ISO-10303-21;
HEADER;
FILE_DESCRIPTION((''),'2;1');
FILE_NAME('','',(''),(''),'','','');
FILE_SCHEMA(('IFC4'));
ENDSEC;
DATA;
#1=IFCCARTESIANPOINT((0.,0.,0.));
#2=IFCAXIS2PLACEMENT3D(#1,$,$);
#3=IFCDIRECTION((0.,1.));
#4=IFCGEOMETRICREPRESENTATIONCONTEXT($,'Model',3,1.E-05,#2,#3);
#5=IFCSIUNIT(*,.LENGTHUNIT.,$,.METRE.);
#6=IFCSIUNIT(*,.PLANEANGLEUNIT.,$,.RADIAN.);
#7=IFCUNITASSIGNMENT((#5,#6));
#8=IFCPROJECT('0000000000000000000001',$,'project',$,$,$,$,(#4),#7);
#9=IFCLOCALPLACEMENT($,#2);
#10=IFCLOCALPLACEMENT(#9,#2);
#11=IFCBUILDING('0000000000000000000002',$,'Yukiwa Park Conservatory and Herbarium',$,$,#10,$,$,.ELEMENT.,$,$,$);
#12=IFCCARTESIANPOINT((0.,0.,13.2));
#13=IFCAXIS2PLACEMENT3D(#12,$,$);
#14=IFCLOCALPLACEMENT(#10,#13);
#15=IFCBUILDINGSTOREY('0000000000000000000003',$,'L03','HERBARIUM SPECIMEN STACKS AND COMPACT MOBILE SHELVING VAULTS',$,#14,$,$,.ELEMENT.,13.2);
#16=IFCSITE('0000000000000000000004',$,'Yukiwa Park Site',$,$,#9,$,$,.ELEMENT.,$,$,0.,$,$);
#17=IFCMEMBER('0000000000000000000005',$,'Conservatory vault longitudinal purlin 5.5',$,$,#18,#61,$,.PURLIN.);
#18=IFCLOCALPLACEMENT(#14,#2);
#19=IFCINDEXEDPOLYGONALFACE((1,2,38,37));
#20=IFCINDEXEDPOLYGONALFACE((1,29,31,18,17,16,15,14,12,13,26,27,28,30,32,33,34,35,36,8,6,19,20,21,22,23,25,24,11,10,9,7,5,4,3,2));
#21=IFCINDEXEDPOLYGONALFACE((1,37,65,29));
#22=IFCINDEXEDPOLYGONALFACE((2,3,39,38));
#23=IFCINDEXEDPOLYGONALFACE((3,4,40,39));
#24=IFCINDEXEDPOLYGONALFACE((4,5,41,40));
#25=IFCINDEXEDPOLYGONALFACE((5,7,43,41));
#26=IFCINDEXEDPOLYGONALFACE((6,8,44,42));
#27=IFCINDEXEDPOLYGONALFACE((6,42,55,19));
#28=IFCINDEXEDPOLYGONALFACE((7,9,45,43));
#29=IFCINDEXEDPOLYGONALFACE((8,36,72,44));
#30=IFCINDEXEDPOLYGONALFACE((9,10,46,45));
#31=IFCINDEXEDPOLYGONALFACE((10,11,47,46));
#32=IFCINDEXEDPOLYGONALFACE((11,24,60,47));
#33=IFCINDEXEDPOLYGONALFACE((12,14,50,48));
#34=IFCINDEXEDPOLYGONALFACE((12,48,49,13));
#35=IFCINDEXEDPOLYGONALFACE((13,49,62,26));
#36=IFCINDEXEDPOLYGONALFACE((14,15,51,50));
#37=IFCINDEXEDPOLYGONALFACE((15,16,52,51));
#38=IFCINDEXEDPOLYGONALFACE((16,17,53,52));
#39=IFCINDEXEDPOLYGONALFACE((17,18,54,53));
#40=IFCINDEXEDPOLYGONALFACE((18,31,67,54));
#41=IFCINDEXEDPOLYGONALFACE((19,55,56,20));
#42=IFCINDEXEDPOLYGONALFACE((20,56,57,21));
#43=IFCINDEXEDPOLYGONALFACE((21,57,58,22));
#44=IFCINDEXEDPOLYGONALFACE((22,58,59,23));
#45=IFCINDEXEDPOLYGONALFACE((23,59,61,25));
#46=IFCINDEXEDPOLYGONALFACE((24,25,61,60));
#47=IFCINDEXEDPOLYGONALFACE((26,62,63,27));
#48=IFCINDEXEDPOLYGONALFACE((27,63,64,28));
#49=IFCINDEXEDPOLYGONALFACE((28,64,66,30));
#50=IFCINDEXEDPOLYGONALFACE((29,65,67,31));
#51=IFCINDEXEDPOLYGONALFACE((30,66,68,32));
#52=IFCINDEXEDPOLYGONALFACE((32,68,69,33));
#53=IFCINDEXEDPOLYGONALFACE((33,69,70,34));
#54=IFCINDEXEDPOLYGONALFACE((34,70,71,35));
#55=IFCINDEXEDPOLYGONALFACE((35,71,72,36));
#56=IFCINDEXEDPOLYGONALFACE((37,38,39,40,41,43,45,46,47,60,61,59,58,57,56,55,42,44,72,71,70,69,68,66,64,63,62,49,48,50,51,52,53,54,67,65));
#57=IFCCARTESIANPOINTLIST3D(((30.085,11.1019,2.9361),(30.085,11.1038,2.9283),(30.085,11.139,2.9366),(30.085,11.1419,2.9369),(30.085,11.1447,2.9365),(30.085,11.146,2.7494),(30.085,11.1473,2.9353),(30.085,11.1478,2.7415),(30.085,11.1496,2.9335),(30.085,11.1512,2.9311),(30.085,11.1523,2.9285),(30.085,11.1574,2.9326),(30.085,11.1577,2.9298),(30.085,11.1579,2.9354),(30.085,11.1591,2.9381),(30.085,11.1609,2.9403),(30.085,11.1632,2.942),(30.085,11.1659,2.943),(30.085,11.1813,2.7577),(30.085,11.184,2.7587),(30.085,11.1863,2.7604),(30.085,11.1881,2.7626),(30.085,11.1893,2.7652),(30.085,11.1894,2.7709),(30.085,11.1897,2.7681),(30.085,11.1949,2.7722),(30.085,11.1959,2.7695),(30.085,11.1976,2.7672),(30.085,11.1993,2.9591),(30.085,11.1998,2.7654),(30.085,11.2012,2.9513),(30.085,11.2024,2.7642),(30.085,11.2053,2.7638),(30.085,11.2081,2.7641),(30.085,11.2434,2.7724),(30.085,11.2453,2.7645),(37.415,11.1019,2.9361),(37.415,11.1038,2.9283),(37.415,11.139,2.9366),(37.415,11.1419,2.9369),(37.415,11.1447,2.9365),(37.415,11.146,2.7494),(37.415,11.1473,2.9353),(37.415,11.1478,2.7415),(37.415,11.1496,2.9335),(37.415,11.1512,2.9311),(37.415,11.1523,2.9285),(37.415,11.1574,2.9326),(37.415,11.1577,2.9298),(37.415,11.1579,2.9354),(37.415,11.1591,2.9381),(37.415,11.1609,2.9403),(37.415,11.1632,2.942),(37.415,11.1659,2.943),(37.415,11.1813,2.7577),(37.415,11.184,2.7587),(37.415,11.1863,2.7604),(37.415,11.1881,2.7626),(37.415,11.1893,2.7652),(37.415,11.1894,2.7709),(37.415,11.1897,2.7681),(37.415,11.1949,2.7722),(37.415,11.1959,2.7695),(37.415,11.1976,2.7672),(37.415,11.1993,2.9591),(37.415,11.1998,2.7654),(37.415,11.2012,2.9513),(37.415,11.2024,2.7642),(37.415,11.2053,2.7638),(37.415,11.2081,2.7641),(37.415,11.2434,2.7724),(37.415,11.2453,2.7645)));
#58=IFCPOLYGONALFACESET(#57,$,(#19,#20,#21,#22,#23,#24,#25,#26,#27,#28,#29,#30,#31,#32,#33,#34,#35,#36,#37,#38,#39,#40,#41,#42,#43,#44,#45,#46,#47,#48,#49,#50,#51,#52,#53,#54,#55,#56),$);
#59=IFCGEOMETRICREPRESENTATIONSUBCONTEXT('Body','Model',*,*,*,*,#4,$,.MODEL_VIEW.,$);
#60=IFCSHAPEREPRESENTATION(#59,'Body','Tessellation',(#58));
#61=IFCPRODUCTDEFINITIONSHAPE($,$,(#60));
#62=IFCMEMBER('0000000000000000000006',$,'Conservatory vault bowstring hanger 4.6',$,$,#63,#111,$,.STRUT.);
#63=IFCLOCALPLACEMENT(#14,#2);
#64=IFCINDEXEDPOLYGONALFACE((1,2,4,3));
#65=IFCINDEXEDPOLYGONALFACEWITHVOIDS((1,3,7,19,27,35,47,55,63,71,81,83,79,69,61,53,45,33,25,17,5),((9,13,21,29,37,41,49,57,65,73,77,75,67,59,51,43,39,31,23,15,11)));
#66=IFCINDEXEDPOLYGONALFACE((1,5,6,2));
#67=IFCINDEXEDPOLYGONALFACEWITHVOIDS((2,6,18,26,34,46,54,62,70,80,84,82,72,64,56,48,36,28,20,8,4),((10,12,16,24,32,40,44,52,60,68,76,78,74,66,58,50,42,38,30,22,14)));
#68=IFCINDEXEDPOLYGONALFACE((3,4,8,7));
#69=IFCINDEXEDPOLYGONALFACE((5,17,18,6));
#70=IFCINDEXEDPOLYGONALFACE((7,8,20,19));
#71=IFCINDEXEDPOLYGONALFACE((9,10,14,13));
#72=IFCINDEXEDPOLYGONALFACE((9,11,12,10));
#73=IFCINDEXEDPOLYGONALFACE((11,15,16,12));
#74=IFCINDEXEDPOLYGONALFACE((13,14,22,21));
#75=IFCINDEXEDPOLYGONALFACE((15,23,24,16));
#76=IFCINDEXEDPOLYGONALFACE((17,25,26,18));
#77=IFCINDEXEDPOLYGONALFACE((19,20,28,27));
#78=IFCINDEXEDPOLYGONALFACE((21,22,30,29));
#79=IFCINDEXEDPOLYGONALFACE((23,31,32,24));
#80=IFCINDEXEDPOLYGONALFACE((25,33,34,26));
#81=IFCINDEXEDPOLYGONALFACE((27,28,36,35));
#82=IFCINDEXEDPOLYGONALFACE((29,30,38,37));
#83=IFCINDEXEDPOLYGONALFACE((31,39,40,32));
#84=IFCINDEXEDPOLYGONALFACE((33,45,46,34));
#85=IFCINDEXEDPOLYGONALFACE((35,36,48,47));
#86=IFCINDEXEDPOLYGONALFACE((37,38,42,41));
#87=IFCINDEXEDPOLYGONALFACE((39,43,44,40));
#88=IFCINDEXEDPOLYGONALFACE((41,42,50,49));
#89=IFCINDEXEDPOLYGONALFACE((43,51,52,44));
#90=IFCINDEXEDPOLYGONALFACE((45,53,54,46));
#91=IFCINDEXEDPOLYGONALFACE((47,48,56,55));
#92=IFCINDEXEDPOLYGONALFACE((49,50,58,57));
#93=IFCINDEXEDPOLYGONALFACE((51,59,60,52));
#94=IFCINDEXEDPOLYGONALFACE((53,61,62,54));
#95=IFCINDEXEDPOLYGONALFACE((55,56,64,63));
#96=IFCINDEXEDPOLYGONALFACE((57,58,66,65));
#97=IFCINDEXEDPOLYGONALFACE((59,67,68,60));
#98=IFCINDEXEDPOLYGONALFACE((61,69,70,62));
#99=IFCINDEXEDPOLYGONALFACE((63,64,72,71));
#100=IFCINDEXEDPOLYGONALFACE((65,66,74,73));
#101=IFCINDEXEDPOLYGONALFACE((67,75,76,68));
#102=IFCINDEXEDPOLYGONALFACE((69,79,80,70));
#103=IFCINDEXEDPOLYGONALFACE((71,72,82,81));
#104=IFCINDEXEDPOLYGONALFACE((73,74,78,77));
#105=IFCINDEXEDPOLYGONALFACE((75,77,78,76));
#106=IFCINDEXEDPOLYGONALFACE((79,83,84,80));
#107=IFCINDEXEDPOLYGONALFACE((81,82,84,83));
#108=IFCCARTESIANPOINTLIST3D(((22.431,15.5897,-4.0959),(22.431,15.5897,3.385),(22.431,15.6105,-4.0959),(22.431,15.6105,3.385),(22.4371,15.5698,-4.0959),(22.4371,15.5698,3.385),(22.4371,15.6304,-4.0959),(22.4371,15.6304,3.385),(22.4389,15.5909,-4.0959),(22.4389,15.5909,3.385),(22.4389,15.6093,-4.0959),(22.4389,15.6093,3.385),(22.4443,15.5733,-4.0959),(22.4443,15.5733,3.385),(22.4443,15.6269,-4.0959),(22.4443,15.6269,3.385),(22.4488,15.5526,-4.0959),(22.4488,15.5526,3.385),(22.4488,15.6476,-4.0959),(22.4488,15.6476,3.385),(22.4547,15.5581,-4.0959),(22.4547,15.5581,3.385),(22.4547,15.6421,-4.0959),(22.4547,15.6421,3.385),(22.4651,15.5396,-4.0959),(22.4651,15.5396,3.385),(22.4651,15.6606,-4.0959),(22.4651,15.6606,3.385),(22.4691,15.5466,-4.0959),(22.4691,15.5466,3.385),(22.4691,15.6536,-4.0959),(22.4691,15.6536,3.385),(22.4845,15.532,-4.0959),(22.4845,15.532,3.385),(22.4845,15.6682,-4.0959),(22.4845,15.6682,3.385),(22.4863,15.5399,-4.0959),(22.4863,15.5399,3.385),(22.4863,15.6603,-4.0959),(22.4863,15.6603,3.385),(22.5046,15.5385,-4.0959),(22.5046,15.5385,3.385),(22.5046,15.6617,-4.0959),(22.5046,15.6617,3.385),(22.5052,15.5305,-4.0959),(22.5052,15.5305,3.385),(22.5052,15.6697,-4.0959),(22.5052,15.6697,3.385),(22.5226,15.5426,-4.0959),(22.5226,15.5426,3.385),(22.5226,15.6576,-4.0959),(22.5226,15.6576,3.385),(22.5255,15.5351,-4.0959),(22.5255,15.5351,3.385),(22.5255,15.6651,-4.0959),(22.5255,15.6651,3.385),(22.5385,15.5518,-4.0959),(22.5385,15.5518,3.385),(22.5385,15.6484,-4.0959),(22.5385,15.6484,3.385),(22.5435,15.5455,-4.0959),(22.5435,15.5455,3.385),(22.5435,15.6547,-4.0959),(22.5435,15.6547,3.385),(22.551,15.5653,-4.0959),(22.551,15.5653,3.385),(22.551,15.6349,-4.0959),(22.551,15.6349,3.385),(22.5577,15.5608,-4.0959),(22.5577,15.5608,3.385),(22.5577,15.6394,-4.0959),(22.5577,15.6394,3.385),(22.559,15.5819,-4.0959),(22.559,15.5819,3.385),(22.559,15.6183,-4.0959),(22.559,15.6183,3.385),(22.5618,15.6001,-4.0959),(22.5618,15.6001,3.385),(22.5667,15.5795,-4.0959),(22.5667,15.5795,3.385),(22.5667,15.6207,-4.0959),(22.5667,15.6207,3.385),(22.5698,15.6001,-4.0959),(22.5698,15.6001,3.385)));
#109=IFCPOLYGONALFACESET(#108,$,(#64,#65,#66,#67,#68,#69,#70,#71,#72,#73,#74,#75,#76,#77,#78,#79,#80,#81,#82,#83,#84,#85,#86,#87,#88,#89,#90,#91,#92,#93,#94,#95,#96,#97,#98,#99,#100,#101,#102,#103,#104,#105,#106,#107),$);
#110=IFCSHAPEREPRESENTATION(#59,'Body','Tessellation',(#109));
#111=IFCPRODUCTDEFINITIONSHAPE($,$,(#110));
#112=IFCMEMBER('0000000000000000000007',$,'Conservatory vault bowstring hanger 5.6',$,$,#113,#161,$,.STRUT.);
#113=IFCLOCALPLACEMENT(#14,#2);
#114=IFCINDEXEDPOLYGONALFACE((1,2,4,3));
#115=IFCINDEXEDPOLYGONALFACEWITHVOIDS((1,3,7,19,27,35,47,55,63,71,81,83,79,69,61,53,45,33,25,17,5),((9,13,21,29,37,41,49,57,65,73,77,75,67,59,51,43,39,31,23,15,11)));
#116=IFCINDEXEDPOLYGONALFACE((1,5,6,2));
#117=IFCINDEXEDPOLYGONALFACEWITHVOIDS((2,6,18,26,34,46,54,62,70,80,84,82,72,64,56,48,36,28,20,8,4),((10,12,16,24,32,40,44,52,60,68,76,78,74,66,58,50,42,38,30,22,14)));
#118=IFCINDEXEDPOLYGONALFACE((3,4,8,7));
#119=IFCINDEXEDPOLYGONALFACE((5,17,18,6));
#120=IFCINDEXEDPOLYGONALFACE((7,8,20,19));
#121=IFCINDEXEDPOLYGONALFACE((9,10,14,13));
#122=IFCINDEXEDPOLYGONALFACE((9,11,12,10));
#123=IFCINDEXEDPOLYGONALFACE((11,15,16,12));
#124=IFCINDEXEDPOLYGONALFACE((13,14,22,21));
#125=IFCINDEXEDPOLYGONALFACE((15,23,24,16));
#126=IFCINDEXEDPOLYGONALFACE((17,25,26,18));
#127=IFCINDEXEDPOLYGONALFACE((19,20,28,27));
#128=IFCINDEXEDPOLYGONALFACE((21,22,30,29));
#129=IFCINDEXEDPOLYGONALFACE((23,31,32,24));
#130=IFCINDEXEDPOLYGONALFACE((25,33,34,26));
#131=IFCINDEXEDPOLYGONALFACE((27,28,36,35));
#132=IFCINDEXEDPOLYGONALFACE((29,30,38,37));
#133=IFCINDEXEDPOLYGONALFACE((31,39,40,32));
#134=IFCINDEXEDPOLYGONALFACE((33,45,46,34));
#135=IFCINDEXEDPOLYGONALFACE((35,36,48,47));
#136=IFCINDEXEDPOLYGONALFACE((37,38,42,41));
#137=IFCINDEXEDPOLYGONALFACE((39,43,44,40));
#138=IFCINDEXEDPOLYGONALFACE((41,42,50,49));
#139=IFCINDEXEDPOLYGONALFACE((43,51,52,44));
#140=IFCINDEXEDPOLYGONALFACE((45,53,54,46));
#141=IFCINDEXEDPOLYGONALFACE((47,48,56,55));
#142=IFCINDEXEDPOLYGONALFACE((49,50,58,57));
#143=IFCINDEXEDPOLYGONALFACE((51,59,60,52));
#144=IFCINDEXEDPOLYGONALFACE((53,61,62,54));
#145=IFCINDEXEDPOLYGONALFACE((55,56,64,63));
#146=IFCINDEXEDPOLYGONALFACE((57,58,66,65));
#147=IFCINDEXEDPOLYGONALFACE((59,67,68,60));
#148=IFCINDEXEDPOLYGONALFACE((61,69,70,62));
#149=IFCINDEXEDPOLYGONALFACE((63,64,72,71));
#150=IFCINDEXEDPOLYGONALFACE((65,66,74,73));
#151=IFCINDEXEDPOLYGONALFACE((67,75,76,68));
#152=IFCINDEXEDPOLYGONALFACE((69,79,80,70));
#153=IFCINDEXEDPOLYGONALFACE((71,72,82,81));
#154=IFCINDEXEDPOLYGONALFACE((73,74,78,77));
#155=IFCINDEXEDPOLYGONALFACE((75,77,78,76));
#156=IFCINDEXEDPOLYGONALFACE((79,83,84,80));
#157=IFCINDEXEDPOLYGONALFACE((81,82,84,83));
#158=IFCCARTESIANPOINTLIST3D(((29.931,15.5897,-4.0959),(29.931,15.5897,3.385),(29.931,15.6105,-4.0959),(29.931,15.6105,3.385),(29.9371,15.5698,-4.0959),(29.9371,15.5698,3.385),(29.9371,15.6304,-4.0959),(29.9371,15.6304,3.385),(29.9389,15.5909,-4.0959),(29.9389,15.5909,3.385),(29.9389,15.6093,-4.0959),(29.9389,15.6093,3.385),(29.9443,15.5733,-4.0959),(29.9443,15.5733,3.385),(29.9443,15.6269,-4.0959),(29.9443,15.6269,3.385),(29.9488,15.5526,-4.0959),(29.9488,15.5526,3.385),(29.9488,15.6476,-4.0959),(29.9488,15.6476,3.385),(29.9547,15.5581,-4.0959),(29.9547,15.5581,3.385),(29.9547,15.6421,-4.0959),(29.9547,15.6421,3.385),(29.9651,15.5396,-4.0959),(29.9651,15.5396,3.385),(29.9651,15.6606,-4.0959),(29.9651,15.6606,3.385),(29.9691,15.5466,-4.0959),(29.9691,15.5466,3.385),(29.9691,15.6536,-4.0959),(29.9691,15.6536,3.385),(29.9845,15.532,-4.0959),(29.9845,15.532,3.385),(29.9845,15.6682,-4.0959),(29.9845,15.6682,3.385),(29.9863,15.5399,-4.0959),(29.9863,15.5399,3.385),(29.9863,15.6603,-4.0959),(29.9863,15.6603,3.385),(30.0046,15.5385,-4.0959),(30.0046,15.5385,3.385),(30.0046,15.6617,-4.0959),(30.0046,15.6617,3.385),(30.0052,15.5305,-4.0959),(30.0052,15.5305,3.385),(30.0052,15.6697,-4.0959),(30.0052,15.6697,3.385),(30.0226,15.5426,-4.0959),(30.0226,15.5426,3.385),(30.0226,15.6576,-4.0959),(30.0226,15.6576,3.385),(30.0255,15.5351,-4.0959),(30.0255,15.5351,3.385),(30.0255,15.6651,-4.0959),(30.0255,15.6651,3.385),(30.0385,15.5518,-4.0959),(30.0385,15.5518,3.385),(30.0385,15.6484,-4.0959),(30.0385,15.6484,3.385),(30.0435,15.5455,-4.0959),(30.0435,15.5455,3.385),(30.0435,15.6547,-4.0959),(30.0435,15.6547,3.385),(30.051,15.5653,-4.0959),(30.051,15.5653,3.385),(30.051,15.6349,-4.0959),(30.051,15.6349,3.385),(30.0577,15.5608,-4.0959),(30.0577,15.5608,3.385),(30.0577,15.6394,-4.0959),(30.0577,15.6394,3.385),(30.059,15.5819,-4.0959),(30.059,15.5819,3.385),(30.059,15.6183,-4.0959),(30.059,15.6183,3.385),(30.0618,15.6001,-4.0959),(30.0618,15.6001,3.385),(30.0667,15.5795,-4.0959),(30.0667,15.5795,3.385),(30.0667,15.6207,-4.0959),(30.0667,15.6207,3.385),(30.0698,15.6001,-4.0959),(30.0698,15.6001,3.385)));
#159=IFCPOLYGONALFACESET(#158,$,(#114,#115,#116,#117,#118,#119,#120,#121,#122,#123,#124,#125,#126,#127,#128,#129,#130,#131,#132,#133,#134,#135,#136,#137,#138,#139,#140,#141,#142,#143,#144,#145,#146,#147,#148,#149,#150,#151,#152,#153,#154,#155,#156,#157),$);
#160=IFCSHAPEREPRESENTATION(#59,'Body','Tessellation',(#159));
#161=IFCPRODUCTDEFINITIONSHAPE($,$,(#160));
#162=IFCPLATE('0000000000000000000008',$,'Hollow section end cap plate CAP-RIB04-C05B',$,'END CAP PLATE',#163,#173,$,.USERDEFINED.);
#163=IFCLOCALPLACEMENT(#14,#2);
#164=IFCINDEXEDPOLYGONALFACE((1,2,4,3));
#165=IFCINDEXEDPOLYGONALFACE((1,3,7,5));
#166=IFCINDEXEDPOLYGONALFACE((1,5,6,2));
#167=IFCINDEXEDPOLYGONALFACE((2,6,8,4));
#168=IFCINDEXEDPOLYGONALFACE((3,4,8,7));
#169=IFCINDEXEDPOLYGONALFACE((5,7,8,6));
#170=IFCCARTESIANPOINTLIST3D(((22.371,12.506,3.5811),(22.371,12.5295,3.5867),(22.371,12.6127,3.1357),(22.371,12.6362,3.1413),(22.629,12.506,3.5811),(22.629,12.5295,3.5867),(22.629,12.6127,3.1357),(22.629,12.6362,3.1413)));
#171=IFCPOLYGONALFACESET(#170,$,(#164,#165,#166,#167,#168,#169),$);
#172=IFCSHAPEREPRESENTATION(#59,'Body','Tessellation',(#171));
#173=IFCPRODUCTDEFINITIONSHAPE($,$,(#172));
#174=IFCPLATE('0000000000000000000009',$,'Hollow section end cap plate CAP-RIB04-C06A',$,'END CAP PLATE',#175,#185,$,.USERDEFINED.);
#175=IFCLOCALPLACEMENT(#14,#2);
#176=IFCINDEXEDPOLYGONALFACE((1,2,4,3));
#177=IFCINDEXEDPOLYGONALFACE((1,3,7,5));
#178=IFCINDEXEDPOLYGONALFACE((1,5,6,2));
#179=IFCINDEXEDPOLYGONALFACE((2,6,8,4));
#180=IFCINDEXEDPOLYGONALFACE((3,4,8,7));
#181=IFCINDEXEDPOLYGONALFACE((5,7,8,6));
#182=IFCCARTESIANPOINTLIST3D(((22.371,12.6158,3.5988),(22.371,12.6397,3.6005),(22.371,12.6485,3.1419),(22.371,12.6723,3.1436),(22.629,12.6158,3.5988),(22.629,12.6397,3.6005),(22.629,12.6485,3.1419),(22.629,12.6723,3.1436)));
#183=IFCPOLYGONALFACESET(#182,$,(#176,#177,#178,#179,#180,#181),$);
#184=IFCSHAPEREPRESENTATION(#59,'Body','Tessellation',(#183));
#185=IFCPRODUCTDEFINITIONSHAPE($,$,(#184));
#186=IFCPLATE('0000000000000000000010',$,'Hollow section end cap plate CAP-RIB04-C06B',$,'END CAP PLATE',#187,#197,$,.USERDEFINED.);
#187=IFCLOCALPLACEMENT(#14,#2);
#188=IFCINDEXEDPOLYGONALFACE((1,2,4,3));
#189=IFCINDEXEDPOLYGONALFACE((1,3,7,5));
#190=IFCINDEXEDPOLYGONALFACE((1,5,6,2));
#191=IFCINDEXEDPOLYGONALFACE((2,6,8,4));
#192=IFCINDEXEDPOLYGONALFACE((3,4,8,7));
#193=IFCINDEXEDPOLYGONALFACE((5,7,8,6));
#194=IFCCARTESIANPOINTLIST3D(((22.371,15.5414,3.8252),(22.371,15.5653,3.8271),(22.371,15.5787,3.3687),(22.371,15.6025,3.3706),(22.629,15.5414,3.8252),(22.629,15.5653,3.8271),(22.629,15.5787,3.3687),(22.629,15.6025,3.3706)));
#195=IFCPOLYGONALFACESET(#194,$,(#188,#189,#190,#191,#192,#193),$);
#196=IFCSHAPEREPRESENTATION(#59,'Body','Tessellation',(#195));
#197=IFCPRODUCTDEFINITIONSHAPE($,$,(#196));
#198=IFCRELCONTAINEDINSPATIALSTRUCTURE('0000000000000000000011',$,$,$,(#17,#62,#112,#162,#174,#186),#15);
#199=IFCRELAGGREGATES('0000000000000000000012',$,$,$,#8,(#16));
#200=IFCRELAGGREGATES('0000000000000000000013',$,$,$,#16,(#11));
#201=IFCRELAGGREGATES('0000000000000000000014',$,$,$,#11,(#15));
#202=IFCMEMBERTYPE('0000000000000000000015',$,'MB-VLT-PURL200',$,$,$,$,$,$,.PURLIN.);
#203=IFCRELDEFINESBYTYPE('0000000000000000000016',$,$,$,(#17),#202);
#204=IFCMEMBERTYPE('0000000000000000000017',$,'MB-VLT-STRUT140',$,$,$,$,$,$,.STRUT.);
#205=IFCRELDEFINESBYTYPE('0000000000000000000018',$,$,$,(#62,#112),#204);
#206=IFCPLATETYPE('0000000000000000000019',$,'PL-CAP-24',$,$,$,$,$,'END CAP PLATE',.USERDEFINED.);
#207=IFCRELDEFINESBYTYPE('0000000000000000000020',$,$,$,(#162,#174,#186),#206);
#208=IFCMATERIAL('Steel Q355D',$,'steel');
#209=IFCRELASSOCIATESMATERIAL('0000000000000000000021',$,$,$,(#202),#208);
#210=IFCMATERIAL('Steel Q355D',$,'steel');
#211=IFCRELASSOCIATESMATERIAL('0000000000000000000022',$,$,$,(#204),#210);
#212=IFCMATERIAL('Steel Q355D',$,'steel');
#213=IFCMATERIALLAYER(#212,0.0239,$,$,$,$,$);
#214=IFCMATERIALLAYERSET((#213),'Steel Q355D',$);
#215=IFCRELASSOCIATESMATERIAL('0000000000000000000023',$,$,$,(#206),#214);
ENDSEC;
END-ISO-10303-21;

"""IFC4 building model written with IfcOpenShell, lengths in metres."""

from ifc_helpers import new_model, si_unit, direction, frame, origin, origin_2d, place, context, subcontext, project, spatial, rectangle, hollow_circle, i_section, extrude, material, layer, layer_set, material_profile, profile_set, type_object, element, save


model = new_model("IFC4")

# Units and contexts
model_context = context("Model", 3, precision=1e-05, world=origin(), true_north=direction((0.0, 1.0)))
body_context = subcontext(model_context, "Body", "Model", "MODEL_VIEW")
ifc_project = project(units=[si_unit("LENGTHUNIT", "METRE"), si_unit("PLANEANGLEUNIT", "RADIAN")], contexts=[model_context])

# Site, building, storey
site_placement = place(None, origin())
site = spatial("IfcSite", under=ifc_project, at=site_placement, Name="Yukiwa Park Site", CompositionType="ELEMENT", RefElevation=0.0)
building_placement = place(site_placement, origin())
building = spatial("IfcBuilding", under=site, at=building_placement, Name="Yukiwa Park Conservatory and Herbarium", CompositionType="ELEMENT")
storey_placement = place(building_placement, frame((0.0, 0.0, 13.2)))
storey = spatial("IfcBuildingStorey", under=building, at=storey_placement, Name="L03", Description="HERBARIUM SPECIMEN STACKS AND COMPACT MOBILE SHELVING VAULTS", CompositionType="ELEMENT", Elevation=13.2)

# Members
ifc_material_1 = material(Name="Steel Q355D", Category="steel")
ifc_material_profile_1 = material_profile(ifc_material_1, i_section(OverallWidth=0.1001, OverallDepth=0.2, WebThickness=0.0056, FlangeThickness=0.0081, FilletRadius=0.011, at=origin_2d()), Name="HN 200x100x5.5x8")
ifc_profile_set_1 = profile_set([ifc_material_profile_1], Name="Steel Q355D")
member_type_1 = type_object("IfcMemberType", Name="MB-VLT-PURL200", PredefinedType="PURLIN", material=ifc_profile_set_1)
for number, where, z_axis, x_axis, name in (
    (1, (30.085, 11.1736, 2.8503), (1.0, 0.0, 0.0), (0.0, 0.973249, 0.229752), "Conservatory vault longitudinal purlin 5.5"),
):
    element("IfcMember", number, at=place(storey_placement, frame(where, z_axis=z_axis, x_axis=x_axis)), inside=storey, type_object=member_type_1, Name=name, PredefinedType="PURLIN", context=body_context, shape_type="SweptSolid", body=[
        extrude(i_section(OverallWidth=0.1001, OverallDepth=0.2, WebThickness=0.0056, FlangeThickness=0.0081, FilletRadius=0.011, at=origin_2d()), origin(), (0.0, 0.0, 1.0), 7.3301),
    ])
ifc_material_2 = material(Name="Steel Q355D", Category="steel")
ifc_material_profile_2 = material_profile(ifc_material_2, hollow_circle(Radius=0.0698, WallThickness=0.0081, at=origin_2d()), Name="CHS 139.7x8")
ifc_profile_set_2 = profile_set([ifc_material_profile_2], Name="Steel Q355D")
member_type_2 = type_object("IfcMemberType", Name="MB-VLT-STRUT140", PredefinedType="STRUT", material=ifc_profile_set_2)
for number, where, z_axis, x_axis, name in (
    (2, (22.5, 15.6001, -4.0959), (0.0, 0.0, 1.0), (1.0, 0.0, 0.0), "Conservatory vault bowstring hanger 4.6"),
    (3, (30.0, 15.6001, -4.0959), (0.0, 0.0, 1.0), (1.0, 0.0, 0.0), "Conservatory vault bowstring hanger 5.6"),
):
    element("IfcMember", number, at=place(storey_placement, frame(where, z_axis=z_axis, x_axis=x_axis)), inside=storey, type_object=member_type_2, Name=name, PredefinedType="STRUT", context=body_context, shape_type="SweptSolid", body=[
        extrude(hollow_circle(Radius=0.0698, WallThickness=0.0081, at=origin_2d()), origin(), (0.0, 0.0, 1.0), 7.481),
    ])

# Plates
ifc_material_3 = material(Name="Steel Q355D", Category="steel")
ifc_layer_1 = layer(ifc_material_3, 0.0239)
ifc_layer_set_1 = layer_set([ifc_layer_1], Name="Steel Q355D")
plate_type_1 = type_object("IfcPlateType", Name="PL-CAP-24", ElementType="END CAP PLATE", PredefinedType="USERDEFINED", material=ifc_layer_set_1)
plate_1_placement = place(storey_placement, frame((22.5, 12.5593, 3.3584), z_axis=(0.0, 0.972479, 0.23299), x_axis=(-1.0, 0.0, 0.0)))
element("IfcPlate", 4, at=plate_1_placement, inside=storey, type_object=plate_type_1, Name="Hollow section end cap plate CAP-RIB04-C05B", ObjectType="END CAP PLATE", PredefinedType="USERDEFINED", context=body_context, shape_type="SweptSolid", body=[
    extrude(rectangle(XDim=0.2581, YDim=0.458, at=origin_2d()), origin(), (0.0, 0.0, 1.0), 0.0242),
])
for number, where, z_axis, x_axis, name in (
    (5, (22.5, 12.656, 3.3721), (0.0, -0.997459, -0.071247), (1.0, 0.0, 0.0), "Hollow section end cap plate CAP-RIB04-C06A"),
    (6, (22.5, 15.5601, 3.5969), (0.0, 0.996685, 0.081362), (-1.0, 0.0, 0.0), "Hollow section end cap plate CAP-RIB04-C06B"),
):
    element("IfcPlate", number, at=place(storey_placement, frame(where, z_axis=z_axis, x_axis=x_axis)), inside=storey, type_object=plate_type_1, Name=name, ObjectType="END CAP PLATE", PredefinedType="USERDEFINED", context=body_context, shape_type="SweptSolid", body=[
        extrude(rectangle(XDim=0.2581, YDim=0.458, at=origin_2d()), origin(), (0.0, 0.0, 1.0), 0.0239),
    ])

save(model, "model.ifc")
